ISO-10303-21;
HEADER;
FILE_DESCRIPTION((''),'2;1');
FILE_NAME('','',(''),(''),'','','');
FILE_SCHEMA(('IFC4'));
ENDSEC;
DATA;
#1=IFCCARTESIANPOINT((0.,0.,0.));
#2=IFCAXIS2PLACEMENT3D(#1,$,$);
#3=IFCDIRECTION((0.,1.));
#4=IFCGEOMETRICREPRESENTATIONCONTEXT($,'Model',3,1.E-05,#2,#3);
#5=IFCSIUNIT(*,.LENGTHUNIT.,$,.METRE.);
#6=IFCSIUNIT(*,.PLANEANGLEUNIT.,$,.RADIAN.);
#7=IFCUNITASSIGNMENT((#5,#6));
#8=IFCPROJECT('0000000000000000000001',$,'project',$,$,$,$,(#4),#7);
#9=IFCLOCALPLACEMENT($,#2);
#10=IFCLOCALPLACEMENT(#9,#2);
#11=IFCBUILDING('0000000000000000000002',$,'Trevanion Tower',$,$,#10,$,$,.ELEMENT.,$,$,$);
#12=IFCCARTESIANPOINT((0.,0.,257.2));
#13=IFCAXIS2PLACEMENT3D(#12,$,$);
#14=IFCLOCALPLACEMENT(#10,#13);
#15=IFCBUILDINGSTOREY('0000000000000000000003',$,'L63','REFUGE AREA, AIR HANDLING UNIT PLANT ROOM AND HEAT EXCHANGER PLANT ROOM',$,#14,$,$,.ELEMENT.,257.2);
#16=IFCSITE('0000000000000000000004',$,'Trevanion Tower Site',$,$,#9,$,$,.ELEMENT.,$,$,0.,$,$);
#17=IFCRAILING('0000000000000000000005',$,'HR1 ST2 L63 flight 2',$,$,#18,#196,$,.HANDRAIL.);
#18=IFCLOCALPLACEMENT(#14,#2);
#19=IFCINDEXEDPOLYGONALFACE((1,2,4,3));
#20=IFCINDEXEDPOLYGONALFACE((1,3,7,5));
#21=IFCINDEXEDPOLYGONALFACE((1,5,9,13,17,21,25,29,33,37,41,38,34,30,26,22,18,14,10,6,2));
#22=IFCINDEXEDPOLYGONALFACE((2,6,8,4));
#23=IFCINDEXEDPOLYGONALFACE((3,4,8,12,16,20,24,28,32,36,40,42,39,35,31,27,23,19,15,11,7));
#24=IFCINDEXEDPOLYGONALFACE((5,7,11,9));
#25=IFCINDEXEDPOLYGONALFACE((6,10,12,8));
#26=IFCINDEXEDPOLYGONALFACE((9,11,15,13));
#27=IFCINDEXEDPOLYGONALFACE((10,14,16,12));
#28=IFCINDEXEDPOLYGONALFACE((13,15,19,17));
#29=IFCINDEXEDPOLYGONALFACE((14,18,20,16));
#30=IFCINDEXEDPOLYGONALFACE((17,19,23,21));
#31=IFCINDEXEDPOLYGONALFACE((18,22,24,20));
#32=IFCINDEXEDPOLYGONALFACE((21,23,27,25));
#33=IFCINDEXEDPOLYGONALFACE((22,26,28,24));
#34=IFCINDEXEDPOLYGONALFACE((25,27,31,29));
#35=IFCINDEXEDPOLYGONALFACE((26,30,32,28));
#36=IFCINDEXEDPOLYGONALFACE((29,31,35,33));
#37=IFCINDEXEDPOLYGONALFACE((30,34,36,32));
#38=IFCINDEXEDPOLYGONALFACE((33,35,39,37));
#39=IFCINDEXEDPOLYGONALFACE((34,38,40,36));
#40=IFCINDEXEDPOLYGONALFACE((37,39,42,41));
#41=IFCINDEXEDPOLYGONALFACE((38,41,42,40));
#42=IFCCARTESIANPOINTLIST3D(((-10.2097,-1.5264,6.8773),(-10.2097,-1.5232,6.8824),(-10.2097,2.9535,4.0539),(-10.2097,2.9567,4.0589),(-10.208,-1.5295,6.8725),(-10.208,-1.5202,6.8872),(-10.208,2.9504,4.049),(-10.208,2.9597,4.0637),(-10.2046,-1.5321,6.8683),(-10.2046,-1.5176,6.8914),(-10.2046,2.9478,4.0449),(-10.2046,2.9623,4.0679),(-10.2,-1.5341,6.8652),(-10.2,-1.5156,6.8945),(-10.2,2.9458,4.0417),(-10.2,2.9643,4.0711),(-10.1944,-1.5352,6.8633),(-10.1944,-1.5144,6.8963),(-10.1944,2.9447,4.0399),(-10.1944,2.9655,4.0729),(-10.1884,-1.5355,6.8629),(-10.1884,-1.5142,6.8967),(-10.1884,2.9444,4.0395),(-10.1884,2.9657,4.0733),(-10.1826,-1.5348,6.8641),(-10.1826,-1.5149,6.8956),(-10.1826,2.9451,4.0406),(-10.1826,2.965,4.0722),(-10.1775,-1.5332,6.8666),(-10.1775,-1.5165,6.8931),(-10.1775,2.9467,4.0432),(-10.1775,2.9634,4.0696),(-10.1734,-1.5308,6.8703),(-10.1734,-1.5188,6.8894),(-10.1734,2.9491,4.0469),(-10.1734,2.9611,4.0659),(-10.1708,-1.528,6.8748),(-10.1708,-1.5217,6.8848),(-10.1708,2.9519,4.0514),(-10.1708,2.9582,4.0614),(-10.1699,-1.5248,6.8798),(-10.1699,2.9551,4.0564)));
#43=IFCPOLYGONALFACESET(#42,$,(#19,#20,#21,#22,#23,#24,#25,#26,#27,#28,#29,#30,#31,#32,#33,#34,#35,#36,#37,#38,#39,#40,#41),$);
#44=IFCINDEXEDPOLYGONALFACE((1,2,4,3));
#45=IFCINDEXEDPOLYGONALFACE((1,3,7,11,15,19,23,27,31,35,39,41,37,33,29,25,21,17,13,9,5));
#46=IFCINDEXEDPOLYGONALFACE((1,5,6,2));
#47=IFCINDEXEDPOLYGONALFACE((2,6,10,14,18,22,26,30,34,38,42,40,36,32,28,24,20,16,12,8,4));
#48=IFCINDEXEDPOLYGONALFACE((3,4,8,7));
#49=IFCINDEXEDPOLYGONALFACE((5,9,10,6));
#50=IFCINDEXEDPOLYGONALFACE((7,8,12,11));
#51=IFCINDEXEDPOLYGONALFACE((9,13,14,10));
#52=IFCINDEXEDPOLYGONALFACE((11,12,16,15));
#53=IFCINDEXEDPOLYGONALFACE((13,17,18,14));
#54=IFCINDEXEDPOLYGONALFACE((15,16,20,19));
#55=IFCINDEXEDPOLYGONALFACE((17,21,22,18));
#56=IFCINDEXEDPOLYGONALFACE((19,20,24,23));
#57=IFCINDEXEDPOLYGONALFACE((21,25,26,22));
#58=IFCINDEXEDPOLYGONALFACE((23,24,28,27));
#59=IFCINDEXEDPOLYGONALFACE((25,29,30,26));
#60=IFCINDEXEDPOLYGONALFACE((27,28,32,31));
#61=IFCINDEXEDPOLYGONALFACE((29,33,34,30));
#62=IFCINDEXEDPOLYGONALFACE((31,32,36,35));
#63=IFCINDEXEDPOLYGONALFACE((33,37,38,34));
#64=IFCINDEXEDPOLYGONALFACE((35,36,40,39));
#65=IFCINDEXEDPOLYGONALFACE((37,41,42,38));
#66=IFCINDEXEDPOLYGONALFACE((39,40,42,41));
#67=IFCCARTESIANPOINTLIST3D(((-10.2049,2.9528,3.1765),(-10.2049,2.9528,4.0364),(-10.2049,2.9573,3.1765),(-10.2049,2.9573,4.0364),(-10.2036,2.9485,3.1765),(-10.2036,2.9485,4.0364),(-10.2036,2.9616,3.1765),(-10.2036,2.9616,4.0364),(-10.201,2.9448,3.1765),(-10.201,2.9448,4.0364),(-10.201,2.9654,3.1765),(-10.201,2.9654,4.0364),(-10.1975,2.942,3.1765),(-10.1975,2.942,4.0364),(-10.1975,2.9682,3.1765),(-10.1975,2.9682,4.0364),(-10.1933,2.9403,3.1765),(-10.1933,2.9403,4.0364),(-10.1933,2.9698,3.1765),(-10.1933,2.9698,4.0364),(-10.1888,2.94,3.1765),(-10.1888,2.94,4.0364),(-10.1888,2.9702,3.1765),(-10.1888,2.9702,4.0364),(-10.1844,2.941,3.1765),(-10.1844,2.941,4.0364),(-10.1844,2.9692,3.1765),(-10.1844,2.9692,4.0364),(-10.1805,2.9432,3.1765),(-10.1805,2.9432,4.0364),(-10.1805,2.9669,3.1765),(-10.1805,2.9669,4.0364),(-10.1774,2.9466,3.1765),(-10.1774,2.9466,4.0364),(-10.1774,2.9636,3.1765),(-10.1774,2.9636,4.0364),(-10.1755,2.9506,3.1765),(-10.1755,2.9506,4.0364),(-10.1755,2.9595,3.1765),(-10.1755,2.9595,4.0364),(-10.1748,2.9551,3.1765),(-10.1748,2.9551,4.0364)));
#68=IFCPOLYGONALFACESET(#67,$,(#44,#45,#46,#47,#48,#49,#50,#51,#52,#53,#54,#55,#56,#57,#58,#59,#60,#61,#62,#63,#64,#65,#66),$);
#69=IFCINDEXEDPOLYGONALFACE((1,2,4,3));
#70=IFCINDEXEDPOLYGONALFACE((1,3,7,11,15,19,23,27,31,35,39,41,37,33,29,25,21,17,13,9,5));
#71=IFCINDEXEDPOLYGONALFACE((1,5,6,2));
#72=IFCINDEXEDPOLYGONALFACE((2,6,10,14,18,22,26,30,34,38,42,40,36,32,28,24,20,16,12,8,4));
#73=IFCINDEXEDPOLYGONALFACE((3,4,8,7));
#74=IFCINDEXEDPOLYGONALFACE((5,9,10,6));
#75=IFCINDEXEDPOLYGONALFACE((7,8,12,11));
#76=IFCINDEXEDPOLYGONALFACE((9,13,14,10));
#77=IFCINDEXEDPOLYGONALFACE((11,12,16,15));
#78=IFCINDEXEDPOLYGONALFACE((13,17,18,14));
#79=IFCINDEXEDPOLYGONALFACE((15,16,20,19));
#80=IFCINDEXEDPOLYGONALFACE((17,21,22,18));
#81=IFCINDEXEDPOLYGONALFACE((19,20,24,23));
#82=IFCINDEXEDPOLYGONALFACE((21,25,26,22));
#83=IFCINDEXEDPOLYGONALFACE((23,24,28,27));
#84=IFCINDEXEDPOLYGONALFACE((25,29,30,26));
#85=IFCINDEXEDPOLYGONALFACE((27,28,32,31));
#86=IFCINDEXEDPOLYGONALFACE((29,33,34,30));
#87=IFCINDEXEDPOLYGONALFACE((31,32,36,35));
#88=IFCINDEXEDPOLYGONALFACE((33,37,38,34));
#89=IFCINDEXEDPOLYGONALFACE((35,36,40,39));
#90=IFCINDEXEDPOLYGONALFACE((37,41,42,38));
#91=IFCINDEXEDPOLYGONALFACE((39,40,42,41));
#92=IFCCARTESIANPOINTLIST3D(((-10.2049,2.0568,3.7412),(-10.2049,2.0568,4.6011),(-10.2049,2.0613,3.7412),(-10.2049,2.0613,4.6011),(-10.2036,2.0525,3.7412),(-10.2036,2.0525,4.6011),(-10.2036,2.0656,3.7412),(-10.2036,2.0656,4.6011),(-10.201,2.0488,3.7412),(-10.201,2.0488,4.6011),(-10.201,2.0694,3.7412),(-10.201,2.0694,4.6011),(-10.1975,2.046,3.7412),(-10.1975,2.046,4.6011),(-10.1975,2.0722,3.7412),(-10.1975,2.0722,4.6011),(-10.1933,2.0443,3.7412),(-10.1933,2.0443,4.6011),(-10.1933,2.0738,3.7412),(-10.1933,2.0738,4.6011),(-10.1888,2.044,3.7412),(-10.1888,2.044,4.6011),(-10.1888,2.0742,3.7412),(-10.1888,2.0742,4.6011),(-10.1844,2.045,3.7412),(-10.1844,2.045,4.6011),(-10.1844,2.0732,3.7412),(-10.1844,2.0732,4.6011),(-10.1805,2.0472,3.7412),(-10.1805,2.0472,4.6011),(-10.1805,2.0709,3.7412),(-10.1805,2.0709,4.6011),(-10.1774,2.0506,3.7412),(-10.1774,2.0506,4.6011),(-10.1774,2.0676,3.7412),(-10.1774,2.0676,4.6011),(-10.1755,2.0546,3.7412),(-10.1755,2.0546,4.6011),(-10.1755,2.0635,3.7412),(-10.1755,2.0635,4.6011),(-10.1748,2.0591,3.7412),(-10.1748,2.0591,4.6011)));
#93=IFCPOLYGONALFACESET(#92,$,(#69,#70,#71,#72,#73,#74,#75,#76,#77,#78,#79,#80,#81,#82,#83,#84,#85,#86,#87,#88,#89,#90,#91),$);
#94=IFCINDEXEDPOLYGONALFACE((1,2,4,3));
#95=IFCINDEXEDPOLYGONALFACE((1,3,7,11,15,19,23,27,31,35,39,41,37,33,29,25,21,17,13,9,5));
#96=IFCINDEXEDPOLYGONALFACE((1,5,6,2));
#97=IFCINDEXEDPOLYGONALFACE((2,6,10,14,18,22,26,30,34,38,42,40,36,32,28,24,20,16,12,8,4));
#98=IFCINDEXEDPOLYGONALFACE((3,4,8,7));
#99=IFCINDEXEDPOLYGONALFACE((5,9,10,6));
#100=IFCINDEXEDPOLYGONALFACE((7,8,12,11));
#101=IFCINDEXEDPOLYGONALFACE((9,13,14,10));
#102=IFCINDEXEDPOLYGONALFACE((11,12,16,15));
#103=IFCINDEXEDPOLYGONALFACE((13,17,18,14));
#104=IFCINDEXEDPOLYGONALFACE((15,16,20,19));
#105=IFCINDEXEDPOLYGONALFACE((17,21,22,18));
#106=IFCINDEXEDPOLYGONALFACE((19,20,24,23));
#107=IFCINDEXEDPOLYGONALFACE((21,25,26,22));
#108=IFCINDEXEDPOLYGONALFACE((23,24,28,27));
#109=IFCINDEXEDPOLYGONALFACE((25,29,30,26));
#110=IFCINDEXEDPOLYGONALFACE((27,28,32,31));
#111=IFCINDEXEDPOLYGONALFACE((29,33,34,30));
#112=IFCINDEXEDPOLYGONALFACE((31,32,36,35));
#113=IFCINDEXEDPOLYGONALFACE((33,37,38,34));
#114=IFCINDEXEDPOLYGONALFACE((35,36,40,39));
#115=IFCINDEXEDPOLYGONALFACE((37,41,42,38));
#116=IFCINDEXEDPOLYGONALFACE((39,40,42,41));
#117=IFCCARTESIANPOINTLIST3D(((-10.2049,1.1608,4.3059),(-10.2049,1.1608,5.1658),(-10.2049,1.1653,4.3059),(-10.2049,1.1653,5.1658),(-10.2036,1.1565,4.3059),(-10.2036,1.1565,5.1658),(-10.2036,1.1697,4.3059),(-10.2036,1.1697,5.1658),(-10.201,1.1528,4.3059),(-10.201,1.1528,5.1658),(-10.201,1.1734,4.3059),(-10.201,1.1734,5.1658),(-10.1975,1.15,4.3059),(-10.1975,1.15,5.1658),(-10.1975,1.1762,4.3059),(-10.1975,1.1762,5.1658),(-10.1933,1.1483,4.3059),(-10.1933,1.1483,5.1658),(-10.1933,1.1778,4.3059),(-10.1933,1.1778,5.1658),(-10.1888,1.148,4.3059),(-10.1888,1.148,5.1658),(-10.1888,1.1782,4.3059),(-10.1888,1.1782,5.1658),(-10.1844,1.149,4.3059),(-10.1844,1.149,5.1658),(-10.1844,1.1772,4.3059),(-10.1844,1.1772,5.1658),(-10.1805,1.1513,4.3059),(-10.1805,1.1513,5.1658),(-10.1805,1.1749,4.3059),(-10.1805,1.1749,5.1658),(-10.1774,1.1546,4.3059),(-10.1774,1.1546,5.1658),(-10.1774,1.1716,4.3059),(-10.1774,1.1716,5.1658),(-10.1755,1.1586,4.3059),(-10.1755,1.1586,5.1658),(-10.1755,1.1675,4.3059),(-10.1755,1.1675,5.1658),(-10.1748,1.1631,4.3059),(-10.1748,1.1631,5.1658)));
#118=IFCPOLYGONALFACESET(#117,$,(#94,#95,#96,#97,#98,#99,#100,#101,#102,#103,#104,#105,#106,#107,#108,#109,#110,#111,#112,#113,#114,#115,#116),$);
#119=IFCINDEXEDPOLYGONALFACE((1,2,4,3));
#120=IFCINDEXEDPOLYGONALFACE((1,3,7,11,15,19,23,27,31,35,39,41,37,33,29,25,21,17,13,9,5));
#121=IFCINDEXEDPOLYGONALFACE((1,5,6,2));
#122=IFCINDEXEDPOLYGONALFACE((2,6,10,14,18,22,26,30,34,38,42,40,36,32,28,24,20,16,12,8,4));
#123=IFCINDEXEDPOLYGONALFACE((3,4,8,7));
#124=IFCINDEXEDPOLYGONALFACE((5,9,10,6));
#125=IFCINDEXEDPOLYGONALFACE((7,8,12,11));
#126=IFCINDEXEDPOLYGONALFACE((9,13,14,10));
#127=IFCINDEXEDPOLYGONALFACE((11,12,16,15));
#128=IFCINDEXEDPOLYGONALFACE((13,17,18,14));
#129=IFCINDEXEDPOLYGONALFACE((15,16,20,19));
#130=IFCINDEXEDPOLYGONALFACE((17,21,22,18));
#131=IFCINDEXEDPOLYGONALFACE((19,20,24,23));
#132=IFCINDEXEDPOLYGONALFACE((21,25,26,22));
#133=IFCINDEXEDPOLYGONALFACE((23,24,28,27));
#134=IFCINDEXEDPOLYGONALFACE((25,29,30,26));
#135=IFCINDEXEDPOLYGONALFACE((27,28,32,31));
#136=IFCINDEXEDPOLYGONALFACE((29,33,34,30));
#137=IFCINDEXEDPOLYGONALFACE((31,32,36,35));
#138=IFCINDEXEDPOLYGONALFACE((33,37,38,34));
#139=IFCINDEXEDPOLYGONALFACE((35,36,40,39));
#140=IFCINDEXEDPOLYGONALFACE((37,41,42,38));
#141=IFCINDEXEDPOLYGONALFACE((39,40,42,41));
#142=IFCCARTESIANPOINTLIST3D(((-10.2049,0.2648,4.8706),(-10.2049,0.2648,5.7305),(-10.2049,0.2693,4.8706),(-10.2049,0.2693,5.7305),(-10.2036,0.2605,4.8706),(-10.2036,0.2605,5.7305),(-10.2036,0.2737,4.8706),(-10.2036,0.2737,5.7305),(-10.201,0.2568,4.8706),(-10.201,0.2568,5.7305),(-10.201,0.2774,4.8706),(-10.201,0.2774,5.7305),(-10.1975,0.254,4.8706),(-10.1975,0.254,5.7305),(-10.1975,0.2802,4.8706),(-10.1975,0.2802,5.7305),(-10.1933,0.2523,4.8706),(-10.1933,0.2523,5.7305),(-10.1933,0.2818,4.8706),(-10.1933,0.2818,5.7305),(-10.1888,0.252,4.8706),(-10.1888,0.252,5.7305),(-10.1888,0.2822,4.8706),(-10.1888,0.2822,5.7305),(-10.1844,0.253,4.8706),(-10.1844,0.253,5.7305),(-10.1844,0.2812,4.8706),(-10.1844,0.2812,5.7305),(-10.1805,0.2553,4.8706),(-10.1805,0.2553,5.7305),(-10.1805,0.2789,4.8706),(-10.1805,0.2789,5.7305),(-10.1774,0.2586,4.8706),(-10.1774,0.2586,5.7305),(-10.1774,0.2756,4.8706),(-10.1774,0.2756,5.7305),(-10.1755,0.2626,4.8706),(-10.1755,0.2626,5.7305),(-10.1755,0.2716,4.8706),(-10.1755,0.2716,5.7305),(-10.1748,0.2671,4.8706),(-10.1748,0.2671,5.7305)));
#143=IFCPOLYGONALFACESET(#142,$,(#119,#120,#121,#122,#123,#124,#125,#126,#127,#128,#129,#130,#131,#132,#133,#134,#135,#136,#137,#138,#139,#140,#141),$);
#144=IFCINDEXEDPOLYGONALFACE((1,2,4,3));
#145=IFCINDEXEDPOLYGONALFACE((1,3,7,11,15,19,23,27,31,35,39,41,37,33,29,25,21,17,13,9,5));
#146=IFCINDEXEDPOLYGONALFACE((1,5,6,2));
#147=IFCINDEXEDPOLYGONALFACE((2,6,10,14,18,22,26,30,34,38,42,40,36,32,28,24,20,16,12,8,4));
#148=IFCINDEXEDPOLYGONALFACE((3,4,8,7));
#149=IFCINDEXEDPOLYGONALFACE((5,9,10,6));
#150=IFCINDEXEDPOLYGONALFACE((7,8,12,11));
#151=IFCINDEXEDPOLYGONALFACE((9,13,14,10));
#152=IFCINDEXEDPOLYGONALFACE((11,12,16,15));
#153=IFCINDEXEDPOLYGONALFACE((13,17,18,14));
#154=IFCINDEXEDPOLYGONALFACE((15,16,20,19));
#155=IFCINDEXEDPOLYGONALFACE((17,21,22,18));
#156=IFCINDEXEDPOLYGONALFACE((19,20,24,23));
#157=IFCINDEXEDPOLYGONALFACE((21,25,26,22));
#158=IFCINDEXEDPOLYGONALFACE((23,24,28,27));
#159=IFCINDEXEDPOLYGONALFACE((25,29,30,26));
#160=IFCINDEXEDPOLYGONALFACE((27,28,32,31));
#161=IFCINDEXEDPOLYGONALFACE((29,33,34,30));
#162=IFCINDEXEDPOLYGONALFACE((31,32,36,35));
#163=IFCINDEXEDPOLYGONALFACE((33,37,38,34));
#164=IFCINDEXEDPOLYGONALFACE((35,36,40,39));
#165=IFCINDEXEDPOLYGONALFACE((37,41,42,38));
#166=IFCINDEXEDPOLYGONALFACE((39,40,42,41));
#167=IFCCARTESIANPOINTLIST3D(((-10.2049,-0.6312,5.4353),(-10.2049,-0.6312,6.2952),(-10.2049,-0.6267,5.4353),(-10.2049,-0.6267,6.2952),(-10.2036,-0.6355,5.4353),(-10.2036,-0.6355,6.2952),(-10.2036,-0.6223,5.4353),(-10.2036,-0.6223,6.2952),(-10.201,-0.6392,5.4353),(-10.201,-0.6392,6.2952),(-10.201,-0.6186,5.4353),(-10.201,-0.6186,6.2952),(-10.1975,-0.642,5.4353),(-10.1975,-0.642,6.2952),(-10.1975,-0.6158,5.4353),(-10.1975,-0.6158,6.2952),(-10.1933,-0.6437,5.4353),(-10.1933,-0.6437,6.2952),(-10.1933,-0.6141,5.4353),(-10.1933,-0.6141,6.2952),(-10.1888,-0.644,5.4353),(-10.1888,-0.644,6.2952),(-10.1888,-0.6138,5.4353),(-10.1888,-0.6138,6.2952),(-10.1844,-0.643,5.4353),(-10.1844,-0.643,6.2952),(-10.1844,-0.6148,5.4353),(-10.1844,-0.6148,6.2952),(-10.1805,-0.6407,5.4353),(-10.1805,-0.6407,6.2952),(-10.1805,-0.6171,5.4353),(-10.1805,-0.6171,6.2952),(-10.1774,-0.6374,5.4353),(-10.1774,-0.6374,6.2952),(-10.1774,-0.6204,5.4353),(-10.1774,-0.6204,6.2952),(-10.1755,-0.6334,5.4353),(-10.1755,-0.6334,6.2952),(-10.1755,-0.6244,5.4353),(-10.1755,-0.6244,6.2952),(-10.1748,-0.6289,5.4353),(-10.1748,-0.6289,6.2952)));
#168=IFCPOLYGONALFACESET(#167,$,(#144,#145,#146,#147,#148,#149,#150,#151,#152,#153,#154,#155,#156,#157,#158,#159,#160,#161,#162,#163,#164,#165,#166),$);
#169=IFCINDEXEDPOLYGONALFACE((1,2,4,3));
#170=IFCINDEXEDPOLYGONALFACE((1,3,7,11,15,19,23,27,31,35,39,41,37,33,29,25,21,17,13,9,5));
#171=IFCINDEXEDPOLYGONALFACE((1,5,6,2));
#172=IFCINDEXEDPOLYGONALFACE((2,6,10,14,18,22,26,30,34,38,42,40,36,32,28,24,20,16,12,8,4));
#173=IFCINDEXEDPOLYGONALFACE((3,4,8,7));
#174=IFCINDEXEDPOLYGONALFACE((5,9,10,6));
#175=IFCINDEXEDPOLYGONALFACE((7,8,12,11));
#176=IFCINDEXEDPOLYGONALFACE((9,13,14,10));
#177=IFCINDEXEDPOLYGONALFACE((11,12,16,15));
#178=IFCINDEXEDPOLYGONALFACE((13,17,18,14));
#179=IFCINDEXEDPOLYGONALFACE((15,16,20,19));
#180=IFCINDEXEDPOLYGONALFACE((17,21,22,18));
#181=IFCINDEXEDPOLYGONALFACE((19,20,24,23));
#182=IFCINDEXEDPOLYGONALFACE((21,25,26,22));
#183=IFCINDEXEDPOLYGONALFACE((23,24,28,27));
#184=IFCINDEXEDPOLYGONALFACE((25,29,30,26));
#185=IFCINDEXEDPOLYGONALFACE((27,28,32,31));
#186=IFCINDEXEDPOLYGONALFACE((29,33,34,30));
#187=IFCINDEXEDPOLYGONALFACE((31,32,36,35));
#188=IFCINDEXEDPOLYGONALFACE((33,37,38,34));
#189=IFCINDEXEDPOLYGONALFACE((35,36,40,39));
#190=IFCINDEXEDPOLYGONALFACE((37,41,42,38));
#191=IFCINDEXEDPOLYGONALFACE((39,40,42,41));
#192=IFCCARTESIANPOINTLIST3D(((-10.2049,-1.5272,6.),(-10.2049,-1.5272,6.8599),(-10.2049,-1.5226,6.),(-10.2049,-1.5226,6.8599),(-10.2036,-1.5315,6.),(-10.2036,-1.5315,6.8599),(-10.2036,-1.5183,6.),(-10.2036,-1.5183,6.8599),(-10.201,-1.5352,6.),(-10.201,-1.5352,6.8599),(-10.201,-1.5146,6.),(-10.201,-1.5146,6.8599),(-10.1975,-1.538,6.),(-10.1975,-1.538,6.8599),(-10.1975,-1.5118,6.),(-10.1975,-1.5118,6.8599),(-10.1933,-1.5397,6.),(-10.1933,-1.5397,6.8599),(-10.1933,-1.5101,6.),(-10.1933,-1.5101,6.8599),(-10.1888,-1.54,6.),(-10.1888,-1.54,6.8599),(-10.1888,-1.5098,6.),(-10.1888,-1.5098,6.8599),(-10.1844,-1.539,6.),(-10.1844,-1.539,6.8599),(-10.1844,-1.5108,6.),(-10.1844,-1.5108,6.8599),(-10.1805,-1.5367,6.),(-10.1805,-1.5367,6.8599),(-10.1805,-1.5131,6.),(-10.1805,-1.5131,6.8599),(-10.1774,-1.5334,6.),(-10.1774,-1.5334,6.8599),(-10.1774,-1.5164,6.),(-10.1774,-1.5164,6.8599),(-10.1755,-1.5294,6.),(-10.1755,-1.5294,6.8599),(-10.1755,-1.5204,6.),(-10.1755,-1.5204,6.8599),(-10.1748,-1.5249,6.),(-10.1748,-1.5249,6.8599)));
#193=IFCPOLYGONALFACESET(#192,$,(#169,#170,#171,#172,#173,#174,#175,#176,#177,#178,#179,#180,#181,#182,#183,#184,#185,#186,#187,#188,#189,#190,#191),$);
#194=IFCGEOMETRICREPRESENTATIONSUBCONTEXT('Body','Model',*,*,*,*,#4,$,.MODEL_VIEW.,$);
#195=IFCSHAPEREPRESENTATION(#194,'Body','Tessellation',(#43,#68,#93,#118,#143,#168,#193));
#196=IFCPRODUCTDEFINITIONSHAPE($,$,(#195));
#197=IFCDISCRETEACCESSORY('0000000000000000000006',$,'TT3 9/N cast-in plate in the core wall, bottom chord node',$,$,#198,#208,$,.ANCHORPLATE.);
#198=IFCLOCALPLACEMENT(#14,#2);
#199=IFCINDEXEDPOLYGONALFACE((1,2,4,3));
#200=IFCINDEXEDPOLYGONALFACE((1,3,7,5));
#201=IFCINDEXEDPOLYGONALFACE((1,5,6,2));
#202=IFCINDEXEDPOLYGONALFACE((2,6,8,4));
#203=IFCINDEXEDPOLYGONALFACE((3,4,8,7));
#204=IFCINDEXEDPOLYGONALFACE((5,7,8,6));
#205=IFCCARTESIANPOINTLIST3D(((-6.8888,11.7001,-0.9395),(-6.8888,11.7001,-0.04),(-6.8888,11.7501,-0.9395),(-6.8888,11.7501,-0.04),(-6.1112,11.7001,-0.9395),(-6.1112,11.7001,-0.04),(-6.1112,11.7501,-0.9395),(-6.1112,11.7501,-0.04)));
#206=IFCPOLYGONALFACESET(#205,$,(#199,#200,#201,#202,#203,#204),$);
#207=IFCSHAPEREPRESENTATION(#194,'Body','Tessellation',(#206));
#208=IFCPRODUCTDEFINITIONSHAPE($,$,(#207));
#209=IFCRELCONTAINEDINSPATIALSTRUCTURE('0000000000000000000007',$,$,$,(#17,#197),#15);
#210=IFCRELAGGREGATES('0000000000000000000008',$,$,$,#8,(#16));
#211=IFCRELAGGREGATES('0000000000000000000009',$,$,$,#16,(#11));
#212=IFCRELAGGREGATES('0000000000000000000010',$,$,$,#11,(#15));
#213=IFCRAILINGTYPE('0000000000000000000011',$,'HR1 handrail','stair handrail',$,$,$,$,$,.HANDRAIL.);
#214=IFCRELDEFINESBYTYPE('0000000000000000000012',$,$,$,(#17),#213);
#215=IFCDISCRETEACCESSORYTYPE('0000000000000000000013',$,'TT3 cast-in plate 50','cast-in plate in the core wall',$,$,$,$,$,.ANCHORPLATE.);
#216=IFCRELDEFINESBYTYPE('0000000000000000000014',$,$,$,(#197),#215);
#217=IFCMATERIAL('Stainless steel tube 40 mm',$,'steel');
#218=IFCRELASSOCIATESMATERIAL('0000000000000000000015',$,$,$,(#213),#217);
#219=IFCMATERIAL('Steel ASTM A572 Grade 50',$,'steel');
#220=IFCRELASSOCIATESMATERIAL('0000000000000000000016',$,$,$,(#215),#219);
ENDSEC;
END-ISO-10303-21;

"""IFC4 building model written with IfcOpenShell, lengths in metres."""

from ifc_helpers import new_model, si_unit, direction, frame, origin, origin_2d, place, context, subcontext, project, spatial, rectangle, circle, extrude, material, type_object, element, save


model = new_model("IFC4")

# Units and contexts
model_context = context("Model", 3, precision=1e-05, world=origin(), true_north=direction((0.0, 1.0)))
body_context = subcontext(model_context, "Body", "Model", "MODEL_VIEW")
ifc_project = project(units=[si_unit("LENGTHUNIT", "METRE"), si_unit("PLANEANGLEUNIT", "RADIAN")], contexts=[model_context])

# Site, building, storey
site_placement = place(None, origin())
site = spatial("IfcSite", under=ifc_project, at=site_placement, Name="Trevanion Tower Site", CompositionType="ELEMENT", RefElevation=0.0)
building_placement = place(site_placement, origin())
building = spatial("IfcBuilding", under=site, at=building_placement, Name="Trevanion Tower", CompositionType="ELEMENT")
storey_placement = place(building_placement, frame((0.0, 0.0, 257.2)))
storey = spatial("IfcBuildingStorey", under=building, at=storey_placement, Name="L63", Description="REFUGE AREA, AIR HANDLING UNIT PLANT ROOM AND HEAT EXCHANGER PLANT ROOM", CompositionType="ELEMENT", Elevation=257.2)

# Railing
ifc_material_1 = material(Name="Stainless steel tube 40 mm", Category="steel")
railing_type = type_object("IfcRailingType", Name="HR1 handrail", Description="stair handrail", PredefinedType="HANDRAIL", material=ifc_material_1)
for number, where, name in (
    (1, (-10.1899, 2.9551, 3.1765), "HR1 ST2 L63 flight 2"),
):
    element("IfcRailing", number, at=place(storey_placement, frame(where)), inside=storey, type_object=railing_type, Name=name, PredefinedType="HANDRAIL", context=body_context, shape_type="SweptSolid", body=[
        extrude(circle(Radius=0.02, at=origin_2d()), frame((0.0, 0.0, 0.8799), z_axis=(0.0, -0.845998, 0.533186), x_axis=(1.0, 0.0, 0.0)), (0.0, 0.0, 1.0), 5.2954),
        extrude(circle(Radius=0.0151, at=origin_2d()), origin(), (0.0, 0.0, 1.0), 0.8599),
        extrude(circle(Radius=0.0151, at=origin_2d()), frame((0.0, -0.896, 0.5647)), (0.0, 0.0, 1.0), 0.8599),
        extrude(circle(Radius=0.0151, at=origin_2d()), frame((0.0, -1.792, 1.1294)), (0.0, 0.0, 1.0), 0.8599),
        extrude(circle(Radius=0.0151, at=origin_2d()), frame((0.0, -2.688, 1.6941)), (0.0, 0.0, 1.0), 0.8599),
        extrude(circle(Radius=0.0151, at=origin_2d()), frame((0.0, -3.584, 2.2588)), (0.0, 0.0, 1.0), 0.8599),
        extrude(circle(Radius=0.0151, at=origin_2d()), frame((0.0, -4.48, 2.8235)), (0.0, 0.0, 1.0), 0.8599),
    ])

# Discrete accessory
ifc_material_2 = material(Name="Steel ASTM A572 Grade 50", Category="steel")
discrete_accessory_type = type_object("IfcDiscreteAccessoryType", Name="TT3 cast-in plate 50", Description="cast-in plate in the core wall", PredefinedType="ANCHORPLATE", material=ifc_material_2)
for number, where, z_axis, x_axis, name in (
    (2, (-6.5, 11.7251, -0.9395), (0.0, 0.0, 1.0), (0.0, 1.0, 0.0), "TT3 9/N cast-in plate in the core wall, bottom chord node"),
):
    element("IfcDiscreteAccessory", number, at=place(storey_placement, frame(where, z_axis=z_axis, x_axis=x_axis)), inside=storey, type_object=discrete_accessory_type, Name=name, PredefinedType="ANCHORPLATE", context=body_context, shape_type="SweptSolid", body=[
        extrude(rectangle(XDim=0.05, YDim=0.7776, at=origin_2d()), origin(), (0.0, 0.0, 1.0), 0.8994),
    ])

save(model, "model.ifc")
